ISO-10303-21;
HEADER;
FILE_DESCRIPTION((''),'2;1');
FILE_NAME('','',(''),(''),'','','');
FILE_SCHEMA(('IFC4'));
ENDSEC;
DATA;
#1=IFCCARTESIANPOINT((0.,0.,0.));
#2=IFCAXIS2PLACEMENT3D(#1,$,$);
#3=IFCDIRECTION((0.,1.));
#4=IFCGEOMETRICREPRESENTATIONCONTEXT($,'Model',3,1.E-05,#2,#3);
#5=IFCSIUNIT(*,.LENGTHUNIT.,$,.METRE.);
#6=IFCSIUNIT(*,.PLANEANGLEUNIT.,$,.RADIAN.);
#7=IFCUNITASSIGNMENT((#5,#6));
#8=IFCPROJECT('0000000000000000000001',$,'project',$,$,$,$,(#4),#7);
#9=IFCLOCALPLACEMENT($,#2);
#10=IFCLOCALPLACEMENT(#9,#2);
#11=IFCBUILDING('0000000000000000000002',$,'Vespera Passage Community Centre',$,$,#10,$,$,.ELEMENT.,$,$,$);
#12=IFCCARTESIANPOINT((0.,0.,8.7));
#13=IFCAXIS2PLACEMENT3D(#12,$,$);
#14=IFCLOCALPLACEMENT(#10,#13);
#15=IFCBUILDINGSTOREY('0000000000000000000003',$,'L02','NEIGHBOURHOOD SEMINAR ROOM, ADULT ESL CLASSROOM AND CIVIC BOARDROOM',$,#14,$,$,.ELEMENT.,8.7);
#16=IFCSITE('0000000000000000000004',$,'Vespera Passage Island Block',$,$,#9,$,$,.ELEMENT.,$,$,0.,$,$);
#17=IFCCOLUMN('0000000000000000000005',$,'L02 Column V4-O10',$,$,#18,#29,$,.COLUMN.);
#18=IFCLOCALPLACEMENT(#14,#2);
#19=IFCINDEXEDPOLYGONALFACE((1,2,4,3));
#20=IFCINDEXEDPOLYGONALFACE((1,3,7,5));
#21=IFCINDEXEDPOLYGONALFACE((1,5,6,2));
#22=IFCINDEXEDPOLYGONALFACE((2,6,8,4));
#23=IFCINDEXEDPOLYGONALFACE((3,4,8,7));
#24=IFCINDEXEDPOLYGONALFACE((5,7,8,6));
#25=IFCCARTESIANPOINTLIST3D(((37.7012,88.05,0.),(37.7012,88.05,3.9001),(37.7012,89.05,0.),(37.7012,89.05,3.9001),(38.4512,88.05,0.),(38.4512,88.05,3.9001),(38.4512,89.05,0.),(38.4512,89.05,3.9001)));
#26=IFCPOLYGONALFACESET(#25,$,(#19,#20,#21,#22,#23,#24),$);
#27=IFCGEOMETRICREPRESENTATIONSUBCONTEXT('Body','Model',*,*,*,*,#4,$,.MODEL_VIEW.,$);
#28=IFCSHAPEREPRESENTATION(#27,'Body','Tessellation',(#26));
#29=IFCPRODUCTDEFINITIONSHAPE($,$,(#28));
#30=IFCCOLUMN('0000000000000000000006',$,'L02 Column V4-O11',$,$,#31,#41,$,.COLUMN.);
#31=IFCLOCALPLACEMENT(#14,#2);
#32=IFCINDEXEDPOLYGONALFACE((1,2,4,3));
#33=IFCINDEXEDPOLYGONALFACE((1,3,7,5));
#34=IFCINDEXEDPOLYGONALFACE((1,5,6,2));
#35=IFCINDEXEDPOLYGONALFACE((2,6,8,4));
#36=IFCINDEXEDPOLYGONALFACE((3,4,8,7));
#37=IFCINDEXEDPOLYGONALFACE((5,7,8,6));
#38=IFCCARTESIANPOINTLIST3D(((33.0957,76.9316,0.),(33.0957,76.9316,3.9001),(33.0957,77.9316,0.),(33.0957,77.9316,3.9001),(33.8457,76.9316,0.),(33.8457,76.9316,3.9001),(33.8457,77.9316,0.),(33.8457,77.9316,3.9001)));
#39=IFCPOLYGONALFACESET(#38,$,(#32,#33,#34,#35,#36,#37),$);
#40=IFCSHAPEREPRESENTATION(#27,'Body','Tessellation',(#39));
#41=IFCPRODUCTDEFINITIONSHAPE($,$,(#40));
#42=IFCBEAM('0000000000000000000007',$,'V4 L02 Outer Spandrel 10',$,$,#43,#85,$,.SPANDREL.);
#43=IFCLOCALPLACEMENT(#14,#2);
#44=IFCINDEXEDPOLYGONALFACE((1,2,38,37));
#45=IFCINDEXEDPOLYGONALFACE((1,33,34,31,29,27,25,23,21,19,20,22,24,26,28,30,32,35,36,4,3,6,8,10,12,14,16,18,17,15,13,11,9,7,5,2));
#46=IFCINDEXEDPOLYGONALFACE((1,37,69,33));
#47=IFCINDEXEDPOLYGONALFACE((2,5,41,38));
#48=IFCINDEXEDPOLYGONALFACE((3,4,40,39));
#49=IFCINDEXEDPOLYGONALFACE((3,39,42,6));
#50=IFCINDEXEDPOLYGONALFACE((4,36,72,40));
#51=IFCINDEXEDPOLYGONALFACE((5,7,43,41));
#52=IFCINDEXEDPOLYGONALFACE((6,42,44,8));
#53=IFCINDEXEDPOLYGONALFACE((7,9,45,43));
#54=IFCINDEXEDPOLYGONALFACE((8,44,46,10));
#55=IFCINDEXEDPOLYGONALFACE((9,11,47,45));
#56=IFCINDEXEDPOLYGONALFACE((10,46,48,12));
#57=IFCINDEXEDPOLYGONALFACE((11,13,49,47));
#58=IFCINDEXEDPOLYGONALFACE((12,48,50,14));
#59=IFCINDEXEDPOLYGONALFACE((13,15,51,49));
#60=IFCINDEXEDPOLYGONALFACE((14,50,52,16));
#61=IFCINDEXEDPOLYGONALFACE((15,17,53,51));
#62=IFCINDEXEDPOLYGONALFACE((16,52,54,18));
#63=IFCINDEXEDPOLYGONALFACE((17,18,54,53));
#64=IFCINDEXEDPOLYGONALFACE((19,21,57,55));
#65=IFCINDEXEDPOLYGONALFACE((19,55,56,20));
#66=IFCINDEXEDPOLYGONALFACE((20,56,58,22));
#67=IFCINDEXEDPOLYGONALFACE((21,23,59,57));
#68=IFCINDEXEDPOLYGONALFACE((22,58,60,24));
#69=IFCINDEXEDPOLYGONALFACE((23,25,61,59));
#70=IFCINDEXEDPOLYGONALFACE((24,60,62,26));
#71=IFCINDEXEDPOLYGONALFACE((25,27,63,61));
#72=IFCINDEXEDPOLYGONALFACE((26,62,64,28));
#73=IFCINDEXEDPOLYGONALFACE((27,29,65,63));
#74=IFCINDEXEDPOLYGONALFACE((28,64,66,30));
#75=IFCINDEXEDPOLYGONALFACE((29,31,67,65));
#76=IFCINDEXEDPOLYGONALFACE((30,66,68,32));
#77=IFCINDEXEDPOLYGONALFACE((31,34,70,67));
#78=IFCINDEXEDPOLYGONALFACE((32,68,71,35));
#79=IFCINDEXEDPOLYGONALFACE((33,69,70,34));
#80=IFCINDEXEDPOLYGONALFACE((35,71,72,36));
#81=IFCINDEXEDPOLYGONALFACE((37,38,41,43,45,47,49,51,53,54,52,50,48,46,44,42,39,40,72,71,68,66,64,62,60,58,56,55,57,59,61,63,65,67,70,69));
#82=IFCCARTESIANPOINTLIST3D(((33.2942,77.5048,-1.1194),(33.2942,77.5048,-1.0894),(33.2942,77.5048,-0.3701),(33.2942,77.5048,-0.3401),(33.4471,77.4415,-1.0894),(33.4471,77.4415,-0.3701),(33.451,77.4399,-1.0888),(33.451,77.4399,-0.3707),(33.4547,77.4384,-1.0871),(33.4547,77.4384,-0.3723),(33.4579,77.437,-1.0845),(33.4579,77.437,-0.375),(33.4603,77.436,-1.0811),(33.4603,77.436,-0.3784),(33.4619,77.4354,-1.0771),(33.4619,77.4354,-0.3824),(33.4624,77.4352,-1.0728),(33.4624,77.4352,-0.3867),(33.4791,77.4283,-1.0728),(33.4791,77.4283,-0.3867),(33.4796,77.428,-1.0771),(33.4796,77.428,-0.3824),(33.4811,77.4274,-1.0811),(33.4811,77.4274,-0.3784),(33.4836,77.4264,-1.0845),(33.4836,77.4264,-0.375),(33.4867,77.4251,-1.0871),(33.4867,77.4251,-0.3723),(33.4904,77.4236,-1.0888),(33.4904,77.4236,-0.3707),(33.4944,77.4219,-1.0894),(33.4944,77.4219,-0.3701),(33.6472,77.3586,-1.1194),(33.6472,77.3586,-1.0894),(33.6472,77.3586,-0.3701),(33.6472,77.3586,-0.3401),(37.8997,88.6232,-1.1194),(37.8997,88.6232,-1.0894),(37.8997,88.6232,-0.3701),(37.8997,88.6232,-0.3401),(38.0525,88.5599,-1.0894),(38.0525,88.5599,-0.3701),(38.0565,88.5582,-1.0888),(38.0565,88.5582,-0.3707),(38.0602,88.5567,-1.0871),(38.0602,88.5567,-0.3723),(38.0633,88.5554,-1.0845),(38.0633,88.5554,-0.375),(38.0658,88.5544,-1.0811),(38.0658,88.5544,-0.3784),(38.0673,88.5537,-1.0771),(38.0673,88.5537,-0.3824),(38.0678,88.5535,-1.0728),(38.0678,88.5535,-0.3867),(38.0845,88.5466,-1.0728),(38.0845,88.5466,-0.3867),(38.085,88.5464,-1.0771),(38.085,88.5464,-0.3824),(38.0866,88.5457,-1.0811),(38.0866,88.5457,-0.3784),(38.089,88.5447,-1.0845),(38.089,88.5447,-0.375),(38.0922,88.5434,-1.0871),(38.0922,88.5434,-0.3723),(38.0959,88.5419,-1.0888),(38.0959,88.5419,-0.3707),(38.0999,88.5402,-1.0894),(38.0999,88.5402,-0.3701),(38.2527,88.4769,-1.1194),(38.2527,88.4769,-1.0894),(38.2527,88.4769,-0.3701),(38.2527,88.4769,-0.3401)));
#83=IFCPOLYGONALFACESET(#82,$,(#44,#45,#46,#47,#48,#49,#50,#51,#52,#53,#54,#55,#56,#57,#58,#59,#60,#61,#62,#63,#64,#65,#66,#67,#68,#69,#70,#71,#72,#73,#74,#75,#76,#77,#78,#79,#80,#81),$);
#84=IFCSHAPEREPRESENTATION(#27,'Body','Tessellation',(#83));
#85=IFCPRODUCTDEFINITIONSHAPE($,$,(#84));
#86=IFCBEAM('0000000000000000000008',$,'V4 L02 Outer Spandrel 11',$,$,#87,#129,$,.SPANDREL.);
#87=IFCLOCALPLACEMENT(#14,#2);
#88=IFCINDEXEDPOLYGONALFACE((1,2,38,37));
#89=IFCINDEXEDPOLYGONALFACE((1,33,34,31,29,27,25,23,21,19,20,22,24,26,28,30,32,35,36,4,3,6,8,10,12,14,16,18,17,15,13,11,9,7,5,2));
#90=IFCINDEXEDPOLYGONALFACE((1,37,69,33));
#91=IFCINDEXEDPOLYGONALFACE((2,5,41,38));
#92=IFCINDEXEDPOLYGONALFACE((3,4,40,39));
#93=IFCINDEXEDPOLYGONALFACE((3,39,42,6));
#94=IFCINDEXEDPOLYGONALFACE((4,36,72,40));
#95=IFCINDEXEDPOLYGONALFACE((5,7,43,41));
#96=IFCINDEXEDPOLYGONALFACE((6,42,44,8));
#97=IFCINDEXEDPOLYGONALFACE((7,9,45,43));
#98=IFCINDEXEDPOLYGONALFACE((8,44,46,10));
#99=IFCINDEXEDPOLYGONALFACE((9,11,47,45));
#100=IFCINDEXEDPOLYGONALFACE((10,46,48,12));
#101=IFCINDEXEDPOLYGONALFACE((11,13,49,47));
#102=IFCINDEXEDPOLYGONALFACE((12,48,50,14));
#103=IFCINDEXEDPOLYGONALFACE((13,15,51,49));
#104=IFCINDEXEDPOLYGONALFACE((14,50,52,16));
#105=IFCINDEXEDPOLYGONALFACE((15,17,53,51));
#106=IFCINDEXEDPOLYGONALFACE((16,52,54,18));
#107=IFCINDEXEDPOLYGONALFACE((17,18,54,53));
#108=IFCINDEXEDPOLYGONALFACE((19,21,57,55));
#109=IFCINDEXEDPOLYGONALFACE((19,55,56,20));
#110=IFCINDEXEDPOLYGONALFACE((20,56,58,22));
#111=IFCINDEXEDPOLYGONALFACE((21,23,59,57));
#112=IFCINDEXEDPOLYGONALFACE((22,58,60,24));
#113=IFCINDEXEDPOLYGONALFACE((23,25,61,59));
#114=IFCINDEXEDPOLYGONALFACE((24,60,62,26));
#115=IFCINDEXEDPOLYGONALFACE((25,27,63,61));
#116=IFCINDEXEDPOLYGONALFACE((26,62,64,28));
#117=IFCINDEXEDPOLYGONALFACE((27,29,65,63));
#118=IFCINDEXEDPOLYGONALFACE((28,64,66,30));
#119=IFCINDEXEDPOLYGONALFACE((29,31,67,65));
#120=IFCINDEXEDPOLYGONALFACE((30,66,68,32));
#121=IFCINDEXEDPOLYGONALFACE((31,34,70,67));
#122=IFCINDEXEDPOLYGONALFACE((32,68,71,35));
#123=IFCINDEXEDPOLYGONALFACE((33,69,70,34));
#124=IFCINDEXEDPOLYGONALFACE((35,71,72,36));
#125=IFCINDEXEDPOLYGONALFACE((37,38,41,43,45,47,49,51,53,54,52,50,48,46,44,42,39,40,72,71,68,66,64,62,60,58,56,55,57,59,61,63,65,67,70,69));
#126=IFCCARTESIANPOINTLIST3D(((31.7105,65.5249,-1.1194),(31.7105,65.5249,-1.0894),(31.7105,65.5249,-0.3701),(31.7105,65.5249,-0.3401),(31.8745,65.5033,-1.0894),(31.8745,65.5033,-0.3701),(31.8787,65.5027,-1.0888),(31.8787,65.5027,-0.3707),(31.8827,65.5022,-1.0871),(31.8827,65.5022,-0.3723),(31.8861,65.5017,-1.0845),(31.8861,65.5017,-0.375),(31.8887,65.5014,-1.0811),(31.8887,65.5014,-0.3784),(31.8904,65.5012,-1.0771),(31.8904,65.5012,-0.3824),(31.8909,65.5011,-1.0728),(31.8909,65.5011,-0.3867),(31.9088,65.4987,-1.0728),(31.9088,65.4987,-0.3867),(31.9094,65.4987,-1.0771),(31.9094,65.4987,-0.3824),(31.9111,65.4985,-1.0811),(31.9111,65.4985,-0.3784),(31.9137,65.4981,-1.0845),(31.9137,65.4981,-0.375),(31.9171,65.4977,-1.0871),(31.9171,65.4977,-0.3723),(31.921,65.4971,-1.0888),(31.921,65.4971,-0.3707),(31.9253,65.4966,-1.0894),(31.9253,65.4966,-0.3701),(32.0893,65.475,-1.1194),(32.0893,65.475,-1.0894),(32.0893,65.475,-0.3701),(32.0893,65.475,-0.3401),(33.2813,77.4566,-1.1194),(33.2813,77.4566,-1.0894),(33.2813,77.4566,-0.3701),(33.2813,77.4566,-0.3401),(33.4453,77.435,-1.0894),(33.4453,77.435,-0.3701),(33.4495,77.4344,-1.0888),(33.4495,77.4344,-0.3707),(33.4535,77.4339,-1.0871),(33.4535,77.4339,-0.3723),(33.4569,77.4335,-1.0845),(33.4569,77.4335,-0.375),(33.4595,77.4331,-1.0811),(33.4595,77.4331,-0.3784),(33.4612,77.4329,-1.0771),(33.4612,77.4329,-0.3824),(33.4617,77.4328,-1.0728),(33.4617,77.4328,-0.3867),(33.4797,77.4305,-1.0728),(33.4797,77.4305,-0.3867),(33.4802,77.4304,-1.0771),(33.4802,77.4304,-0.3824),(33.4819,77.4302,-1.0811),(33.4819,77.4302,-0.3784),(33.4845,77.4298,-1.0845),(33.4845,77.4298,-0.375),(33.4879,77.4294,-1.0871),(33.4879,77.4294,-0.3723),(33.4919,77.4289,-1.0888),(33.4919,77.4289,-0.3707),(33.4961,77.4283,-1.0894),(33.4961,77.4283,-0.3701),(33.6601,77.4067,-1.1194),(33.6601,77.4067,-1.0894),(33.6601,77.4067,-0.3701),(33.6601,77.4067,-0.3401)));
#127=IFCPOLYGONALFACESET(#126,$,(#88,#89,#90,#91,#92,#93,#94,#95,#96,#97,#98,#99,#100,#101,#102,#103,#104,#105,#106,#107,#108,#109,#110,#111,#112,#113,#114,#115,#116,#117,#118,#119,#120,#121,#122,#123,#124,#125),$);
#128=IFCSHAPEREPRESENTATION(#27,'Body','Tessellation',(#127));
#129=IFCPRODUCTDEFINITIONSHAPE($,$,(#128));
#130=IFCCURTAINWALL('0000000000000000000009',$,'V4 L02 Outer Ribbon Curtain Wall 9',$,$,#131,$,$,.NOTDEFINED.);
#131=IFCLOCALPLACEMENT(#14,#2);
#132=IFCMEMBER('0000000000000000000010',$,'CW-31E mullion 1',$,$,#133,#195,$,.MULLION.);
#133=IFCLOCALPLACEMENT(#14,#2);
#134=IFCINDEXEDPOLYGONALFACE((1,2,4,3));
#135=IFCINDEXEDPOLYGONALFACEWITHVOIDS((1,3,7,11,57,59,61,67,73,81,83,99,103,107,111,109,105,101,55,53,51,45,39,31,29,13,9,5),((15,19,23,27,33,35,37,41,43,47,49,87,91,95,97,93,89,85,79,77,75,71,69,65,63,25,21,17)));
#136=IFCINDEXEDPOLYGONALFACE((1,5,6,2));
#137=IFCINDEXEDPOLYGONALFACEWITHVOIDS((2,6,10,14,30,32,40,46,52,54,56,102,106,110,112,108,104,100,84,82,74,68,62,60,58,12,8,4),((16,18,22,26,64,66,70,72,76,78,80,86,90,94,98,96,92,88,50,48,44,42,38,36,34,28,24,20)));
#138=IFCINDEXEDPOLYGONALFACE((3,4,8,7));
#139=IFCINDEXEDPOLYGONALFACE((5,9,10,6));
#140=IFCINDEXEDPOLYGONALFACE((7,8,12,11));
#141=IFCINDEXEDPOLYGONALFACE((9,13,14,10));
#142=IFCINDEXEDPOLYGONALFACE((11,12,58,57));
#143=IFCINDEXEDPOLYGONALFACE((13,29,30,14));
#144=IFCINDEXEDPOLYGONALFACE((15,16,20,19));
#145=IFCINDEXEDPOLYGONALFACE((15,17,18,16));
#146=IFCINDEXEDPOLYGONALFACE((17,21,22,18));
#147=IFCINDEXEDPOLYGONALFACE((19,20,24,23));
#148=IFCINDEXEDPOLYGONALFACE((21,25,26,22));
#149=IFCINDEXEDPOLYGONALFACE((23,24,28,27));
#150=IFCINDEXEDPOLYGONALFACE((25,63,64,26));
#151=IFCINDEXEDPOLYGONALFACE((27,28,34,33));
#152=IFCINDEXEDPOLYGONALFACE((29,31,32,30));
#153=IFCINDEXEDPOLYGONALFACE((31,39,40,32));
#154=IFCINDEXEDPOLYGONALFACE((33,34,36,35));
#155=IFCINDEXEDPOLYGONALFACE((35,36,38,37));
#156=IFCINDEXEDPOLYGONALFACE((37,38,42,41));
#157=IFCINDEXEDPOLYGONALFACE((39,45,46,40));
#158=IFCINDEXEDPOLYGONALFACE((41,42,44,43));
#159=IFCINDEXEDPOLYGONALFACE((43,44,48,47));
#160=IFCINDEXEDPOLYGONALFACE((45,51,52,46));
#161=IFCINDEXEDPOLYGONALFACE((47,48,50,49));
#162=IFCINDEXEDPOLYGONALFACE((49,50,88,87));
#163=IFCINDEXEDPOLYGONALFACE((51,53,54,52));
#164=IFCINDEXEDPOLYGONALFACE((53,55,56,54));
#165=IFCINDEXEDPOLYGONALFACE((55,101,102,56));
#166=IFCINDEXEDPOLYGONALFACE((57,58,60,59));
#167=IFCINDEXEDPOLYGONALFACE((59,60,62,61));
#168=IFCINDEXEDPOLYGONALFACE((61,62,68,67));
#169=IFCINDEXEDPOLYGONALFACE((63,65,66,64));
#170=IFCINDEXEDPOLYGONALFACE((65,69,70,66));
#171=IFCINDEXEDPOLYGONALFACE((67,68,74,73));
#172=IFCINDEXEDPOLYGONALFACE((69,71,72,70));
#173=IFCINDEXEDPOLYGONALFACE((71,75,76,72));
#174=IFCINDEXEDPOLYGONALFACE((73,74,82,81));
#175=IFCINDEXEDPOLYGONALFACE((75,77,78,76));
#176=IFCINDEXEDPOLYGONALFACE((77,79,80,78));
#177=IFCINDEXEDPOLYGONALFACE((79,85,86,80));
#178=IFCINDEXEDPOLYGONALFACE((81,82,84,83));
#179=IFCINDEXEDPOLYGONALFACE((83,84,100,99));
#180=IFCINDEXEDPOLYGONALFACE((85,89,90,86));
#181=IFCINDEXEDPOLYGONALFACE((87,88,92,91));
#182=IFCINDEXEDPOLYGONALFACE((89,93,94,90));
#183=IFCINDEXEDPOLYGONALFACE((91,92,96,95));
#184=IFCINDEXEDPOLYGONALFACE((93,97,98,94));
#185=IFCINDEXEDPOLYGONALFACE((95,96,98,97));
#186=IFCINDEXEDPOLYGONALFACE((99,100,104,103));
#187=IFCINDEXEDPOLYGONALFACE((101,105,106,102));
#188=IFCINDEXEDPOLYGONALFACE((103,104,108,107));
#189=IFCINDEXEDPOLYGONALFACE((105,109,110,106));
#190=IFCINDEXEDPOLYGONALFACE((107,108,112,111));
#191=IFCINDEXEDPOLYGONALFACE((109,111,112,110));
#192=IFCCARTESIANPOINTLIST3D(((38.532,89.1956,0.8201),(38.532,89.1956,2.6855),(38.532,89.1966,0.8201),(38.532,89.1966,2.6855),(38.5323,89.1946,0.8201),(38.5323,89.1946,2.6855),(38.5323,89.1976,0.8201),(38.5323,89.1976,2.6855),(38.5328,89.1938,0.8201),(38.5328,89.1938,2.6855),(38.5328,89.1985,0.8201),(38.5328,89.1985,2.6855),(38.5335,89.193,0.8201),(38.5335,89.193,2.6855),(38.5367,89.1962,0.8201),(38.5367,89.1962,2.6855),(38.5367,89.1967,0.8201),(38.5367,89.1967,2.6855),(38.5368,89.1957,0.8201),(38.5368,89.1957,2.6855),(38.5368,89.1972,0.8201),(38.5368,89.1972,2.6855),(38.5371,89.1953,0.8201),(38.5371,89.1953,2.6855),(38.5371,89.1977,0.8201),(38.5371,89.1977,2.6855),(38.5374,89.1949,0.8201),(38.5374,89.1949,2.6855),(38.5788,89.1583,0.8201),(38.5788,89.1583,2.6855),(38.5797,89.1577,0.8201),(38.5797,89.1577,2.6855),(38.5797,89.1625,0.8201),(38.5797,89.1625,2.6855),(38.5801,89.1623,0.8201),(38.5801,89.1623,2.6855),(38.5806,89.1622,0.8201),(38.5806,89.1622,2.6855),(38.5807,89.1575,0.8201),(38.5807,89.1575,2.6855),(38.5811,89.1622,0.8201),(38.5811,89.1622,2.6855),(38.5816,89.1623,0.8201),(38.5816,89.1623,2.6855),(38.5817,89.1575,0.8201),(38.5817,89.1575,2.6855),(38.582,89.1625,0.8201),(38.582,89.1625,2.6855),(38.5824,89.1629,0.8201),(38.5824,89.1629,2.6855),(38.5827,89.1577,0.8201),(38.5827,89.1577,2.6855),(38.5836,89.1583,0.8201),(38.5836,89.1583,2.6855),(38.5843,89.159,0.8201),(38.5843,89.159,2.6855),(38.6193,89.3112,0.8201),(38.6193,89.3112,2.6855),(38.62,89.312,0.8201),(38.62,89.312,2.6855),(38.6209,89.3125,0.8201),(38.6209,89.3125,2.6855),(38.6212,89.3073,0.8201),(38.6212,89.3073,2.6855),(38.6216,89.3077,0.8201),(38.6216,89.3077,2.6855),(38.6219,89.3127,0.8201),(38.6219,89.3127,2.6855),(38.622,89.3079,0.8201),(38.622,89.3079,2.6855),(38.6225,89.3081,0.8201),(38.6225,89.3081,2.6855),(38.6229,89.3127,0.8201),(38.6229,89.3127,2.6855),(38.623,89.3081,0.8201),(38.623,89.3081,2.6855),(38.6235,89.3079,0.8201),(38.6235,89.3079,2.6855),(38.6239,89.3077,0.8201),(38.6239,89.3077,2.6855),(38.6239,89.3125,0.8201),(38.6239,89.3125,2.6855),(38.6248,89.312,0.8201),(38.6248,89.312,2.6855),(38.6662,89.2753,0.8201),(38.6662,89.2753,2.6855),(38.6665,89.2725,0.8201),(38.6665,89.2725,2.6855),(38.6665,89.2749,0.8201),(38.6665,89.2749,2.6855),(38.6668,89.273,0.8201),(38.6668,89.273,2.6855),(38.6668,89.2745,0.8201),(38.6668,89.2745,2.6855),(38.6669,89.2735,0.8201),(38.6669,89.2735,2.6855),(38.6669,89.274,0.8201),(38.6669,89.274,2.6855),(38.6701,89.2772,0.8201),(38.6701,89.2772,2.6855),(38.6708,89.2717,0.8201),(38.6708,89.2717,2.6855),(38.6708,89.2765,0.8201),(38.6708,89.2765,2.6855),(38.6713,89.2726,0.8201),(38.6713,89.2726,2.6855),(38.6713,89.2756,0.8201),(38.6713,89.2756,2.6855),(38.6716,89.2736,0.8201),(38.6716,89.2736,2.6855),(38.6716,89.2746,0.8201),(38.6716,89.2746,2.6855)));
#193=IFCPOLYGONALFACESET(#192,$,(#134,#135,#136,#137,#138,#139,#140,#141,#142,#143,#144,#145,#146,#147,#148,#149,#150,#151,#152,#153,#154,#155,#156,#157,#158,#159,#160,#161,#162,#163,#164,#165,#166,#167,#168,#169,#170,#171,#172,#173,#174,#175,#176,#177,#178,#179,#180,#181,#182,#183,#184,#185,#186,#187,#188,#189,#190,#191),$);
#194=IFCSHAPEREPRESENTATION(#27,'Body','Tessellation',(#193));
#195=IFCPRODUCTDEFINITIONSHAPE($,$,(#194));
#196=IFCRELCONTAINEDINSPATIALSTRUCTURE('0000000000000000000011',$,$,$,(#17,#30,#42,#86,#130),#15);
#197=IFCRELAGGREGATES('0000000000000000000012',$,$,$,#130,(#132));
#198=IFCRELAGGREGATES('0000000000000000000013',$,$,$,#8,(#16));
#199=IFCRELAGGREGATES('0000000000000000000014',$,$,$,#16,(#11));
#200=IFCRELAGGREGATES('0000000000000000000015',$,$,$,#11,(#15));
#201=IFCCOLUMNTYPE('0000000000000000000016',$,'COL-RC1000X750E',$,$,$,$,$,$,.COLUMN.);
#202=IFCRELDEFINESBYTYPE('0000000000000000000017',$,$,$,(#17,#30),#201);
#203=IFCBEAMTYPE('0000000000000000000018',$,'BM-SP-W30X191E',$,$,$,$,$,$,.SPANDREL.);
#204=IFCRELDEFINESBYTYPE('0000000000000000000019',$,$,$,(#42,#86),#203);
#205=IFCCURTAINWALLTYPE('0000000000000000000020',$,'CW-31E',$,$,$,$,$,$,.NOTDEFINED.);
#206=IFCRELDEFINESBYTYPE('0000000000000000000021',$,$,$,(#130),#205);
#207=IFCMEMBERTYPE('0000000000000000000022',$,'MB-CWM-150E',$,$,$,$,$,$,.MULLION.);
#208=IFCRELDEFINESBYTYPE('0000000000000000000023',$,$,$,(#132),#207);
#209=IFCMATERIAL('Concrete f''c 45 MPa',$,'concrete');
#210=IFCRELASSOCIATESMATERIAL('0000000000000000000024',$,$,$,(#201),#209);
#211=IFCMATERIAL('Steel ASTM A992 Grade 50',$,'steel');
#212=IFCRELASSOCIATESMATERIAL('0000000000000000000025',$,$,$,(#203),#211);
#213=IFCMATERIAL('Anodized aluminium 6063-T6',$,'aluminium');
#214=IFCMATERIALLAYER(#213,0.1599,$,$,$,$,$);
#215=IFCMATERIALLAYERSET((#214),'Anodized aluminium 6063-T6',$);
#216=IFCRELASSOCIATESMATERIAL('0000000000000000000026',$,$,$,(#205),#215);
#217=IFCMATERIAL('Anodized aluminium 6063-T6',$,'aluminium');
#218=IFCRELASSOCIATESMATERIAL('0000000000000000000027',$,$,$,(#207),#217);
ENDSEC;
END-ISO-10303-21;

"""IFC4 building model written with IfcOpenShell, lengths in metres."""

from ifc_helpers import new_model, si_unit, direction, frame, origin, origin_2d, place, context, subcontext, project, spatial, rectangle, hollow_rectangle, i_section, extrude, material, layer, layer_set, material_profile, profile_set, type_object, element, aggregate, save


model = new_model("IFC4")

# Units and contexts
model_context = context("Model", 3, precision=1e-05, world=origin(), true_north=direction((0.0, 1.0)))
body_context = subcontext(model_context, "Body", "Model", "MODEL_VIEW")
ifc_project = project(units=[si_unit("LENGTHUNIT", "METRE"), si_unit("PLANEANGLEUNIT", "RADIAN")], contexts=[model_context])

# Site, building, storey
site_placement = place(None, origin())
site = spatial("IfcSite", under=ifc_project, at=site_placement, Name="Vespera Passage Island Block", CompositionType="ELEMENT", RefElevation=0.0)
building_placement = place(site_placement, origin())
building = spatial("IfcBuilding", under=site, at=building_placement, Name="Vespera Passage Community Centre", CompositionType="ELEMENT")
storey_placement = place(building_placement, frame((0.0, 0.0, 8.7)))
storey = spatial("IfcBuildingStorey", under=building, at=storey_placement, Name="L02", Description="NEIGHBOURHOOD SEMINAR ROOM, ADULT ESL CLASSROOM AND CIVIC BOARDROOM", CompositionType="ELEMENT", Elevation=8.7)

# Columns
ifc_material_1 = material(Name="Concrete f'c 45 MPa", Category="concrete")
ifc_material_profile_1 = material_profile(ifc_material_1, rectangle(XDim=0.75, YDim=1.0, at=origin_2d()), Name="RC1000X750")
ifc_profile_set_1 = profile_set([ifc_material_profile_1], Name="Concrete f'c 45 MPa")
column_type = type_object("IfcColumnType", Name="COL-RC1000X750E", PredefinedType="COLUMN", material=ifc_profile_set_1)
for number, where, z_axis, x_axis, name in (
    (1, (38.0762, 88.55, 0.0), (0.0, 0.0, 1.0), (1.0, 0.0, 0.0), "L02 Column V4-O10"),
    (2, (33.4707, 77.4316, 0.0), (0.0, 0.0, 1.0), (1.0, 0.0, 0.0), "L02 Column V4-O11"),
):
    element("IfcColumn", number, at=place(storey_placement, frame(where, z_axis=z_axis, x_axis=x_axis)), inside=storey, type_object=column_type, Name=name, PredefinedType="COLUMN", context=body_context, shape_type="SweptSolid", body=[
        extrude(rectangle(XDim=0.75, YDim=1.0, at=origin_2d()), origin(), (0.0, 0.0, 1.0), 3.9001),
    ])

# Beams
ifc_material_2 = material(Name="Steel ASTM A992 Grade 50", Category="steel")
ifc_material_profile_2 = material_profile(ifc_material_2, i_section(OverallWidth=0.3821, OverallDepth=0.7793, WebThickness=0.0181, FlangeThickness=0.03, FilletRadius=0.0166, at=origin_2d()), Name="W30X191")
ifc_profile_set_2 = profile_set([ifc_material_profile_2], Name="Steel ASTM A992 Grade 50")
beam_type = type_object("IfcBeamType", Name="BM-SP-W30X191E", PredefinedType="SPANDREL", material=ifc_profile_set_2)
beam_1_placement = place(storey_placement, frame((38.0762, 88.55, -0.7297), z_axis=(-0.382689, -0.923877, 0.0), x_axis=(0.923877, -0.382689, 0.0)))
element("IfcBeam", 3, at=beam_1_placement, inside=storey, type_object=beam_type, Name="V4 L02 Outer Spandrel 10", PredefinedType="SPANDREL", context=body_context, shape_type="SweptSolid", body=[
    extrude(i_section(OverallWidth=0.3821, OverallDepth=0.7793, WebThickness=0.0181, FlangeThickness=0.03, FilletRadius=0.0166, at=origin_2d()), origin(), (0.0, 0.0, 1.0), 12.0344),
])
beam_2_placement = place(storey_placement, frame((33.4707, 77.4316, -0.7297), z_axis=(-0.130524, -0.991445, 0.0), x_axis=(0.991445, -0.130524, 0.0)))
element("IfcBeam", 4, at=beam_2_placement, inside=storey, type_object=beam_type, Name="V4 L02 Outer Spandrel 11", PredefinedType="SPANDREL", context=body_context, shape_type="SweptSolid", body=[
    extrude(i_section(OverallWidth=0.3821, OverallDepth=0.7793, WebThickness=0.0181, FlangeThickness=0.03, FilletRadius=0.0166, at=origin_2d()), origin(), (0.0, 0.0, 1.0), 12.0347),
])

# Curtain wall, member
ifc_material_3 = material(Name="Anodized aluminium 6063-T6", Category="aluminium")
ifc_layer_1 = layer(ifc_material_3, 0.1599)
ifc_layer_set_1 = layer_set([ifc_layer_1], Name="Anodized aluminium 6063-T6")
curtain_wall_type_1 = type_object("IfcCurtainWallType", Name="CW-31E", PredefinedType="NOTDEFINED", material=ifc_layer_set_1)
curtain_wall_1_placement = place(storey_placement, origin())
curtain_wall_1 = element("IfcCurtainWall", 5, at=curtain_wall_1_placement, inside=storey, type_object=curtain_wall_type_1, Name="V4 L02 Outer Ribbon Curtain Wall 9", PredefinedType="NOTDEFINED")
ifc_material_4 = material(Name="Anodized aluminium 6063-T6", Category="aluminium")
ifc_material_profile_3 = material_profile(ifc_material_4, hollow_rectangle(XDim=0.0649, YDim=0.1499, WallThickness=0.0039, InnerFilletRadius=0.002, OuterFilletRadius=0.0039, at=origin_2d()), Name="ALU150X65X4")
ifc_profile_set_3 = profile_set([ifc_material_profile_3], Name="Anodized aluminium 6063-T6")
member_type_1 = type_object("IfcMemberType", Name="MB-CWM-150E", PredefinedType="MULLION", material=ifc_profile_set_3)
member_1_placement = place(storey_placement, frame((38.6018, 89.2351, 0.8201), z_axis=(0.0, 0.0, 1.0), x_axis=(-0.79335, 0.608765, 0.0)))
member_1 = element("IfcMember", 6, at=member_1_placement, type_object=member_type_1, Name="CW-31E mullion 1", PredefinedType="MULLION", context=body_context, shape_type="SweptSolid", body=[
    extrude(hollow_rectangle(XDim=0.0649, YDim=0.1499, WallThickness=0.0039, InnerFilletRadius=0.002, OuterFilletRadius=0.0039, at=origin_2d()), origin(), (0.0, 0.0, 1.0), 1.8655),
])

aggregate(curtain_wall_1, [member_1])

save(model, "model.ifc")
